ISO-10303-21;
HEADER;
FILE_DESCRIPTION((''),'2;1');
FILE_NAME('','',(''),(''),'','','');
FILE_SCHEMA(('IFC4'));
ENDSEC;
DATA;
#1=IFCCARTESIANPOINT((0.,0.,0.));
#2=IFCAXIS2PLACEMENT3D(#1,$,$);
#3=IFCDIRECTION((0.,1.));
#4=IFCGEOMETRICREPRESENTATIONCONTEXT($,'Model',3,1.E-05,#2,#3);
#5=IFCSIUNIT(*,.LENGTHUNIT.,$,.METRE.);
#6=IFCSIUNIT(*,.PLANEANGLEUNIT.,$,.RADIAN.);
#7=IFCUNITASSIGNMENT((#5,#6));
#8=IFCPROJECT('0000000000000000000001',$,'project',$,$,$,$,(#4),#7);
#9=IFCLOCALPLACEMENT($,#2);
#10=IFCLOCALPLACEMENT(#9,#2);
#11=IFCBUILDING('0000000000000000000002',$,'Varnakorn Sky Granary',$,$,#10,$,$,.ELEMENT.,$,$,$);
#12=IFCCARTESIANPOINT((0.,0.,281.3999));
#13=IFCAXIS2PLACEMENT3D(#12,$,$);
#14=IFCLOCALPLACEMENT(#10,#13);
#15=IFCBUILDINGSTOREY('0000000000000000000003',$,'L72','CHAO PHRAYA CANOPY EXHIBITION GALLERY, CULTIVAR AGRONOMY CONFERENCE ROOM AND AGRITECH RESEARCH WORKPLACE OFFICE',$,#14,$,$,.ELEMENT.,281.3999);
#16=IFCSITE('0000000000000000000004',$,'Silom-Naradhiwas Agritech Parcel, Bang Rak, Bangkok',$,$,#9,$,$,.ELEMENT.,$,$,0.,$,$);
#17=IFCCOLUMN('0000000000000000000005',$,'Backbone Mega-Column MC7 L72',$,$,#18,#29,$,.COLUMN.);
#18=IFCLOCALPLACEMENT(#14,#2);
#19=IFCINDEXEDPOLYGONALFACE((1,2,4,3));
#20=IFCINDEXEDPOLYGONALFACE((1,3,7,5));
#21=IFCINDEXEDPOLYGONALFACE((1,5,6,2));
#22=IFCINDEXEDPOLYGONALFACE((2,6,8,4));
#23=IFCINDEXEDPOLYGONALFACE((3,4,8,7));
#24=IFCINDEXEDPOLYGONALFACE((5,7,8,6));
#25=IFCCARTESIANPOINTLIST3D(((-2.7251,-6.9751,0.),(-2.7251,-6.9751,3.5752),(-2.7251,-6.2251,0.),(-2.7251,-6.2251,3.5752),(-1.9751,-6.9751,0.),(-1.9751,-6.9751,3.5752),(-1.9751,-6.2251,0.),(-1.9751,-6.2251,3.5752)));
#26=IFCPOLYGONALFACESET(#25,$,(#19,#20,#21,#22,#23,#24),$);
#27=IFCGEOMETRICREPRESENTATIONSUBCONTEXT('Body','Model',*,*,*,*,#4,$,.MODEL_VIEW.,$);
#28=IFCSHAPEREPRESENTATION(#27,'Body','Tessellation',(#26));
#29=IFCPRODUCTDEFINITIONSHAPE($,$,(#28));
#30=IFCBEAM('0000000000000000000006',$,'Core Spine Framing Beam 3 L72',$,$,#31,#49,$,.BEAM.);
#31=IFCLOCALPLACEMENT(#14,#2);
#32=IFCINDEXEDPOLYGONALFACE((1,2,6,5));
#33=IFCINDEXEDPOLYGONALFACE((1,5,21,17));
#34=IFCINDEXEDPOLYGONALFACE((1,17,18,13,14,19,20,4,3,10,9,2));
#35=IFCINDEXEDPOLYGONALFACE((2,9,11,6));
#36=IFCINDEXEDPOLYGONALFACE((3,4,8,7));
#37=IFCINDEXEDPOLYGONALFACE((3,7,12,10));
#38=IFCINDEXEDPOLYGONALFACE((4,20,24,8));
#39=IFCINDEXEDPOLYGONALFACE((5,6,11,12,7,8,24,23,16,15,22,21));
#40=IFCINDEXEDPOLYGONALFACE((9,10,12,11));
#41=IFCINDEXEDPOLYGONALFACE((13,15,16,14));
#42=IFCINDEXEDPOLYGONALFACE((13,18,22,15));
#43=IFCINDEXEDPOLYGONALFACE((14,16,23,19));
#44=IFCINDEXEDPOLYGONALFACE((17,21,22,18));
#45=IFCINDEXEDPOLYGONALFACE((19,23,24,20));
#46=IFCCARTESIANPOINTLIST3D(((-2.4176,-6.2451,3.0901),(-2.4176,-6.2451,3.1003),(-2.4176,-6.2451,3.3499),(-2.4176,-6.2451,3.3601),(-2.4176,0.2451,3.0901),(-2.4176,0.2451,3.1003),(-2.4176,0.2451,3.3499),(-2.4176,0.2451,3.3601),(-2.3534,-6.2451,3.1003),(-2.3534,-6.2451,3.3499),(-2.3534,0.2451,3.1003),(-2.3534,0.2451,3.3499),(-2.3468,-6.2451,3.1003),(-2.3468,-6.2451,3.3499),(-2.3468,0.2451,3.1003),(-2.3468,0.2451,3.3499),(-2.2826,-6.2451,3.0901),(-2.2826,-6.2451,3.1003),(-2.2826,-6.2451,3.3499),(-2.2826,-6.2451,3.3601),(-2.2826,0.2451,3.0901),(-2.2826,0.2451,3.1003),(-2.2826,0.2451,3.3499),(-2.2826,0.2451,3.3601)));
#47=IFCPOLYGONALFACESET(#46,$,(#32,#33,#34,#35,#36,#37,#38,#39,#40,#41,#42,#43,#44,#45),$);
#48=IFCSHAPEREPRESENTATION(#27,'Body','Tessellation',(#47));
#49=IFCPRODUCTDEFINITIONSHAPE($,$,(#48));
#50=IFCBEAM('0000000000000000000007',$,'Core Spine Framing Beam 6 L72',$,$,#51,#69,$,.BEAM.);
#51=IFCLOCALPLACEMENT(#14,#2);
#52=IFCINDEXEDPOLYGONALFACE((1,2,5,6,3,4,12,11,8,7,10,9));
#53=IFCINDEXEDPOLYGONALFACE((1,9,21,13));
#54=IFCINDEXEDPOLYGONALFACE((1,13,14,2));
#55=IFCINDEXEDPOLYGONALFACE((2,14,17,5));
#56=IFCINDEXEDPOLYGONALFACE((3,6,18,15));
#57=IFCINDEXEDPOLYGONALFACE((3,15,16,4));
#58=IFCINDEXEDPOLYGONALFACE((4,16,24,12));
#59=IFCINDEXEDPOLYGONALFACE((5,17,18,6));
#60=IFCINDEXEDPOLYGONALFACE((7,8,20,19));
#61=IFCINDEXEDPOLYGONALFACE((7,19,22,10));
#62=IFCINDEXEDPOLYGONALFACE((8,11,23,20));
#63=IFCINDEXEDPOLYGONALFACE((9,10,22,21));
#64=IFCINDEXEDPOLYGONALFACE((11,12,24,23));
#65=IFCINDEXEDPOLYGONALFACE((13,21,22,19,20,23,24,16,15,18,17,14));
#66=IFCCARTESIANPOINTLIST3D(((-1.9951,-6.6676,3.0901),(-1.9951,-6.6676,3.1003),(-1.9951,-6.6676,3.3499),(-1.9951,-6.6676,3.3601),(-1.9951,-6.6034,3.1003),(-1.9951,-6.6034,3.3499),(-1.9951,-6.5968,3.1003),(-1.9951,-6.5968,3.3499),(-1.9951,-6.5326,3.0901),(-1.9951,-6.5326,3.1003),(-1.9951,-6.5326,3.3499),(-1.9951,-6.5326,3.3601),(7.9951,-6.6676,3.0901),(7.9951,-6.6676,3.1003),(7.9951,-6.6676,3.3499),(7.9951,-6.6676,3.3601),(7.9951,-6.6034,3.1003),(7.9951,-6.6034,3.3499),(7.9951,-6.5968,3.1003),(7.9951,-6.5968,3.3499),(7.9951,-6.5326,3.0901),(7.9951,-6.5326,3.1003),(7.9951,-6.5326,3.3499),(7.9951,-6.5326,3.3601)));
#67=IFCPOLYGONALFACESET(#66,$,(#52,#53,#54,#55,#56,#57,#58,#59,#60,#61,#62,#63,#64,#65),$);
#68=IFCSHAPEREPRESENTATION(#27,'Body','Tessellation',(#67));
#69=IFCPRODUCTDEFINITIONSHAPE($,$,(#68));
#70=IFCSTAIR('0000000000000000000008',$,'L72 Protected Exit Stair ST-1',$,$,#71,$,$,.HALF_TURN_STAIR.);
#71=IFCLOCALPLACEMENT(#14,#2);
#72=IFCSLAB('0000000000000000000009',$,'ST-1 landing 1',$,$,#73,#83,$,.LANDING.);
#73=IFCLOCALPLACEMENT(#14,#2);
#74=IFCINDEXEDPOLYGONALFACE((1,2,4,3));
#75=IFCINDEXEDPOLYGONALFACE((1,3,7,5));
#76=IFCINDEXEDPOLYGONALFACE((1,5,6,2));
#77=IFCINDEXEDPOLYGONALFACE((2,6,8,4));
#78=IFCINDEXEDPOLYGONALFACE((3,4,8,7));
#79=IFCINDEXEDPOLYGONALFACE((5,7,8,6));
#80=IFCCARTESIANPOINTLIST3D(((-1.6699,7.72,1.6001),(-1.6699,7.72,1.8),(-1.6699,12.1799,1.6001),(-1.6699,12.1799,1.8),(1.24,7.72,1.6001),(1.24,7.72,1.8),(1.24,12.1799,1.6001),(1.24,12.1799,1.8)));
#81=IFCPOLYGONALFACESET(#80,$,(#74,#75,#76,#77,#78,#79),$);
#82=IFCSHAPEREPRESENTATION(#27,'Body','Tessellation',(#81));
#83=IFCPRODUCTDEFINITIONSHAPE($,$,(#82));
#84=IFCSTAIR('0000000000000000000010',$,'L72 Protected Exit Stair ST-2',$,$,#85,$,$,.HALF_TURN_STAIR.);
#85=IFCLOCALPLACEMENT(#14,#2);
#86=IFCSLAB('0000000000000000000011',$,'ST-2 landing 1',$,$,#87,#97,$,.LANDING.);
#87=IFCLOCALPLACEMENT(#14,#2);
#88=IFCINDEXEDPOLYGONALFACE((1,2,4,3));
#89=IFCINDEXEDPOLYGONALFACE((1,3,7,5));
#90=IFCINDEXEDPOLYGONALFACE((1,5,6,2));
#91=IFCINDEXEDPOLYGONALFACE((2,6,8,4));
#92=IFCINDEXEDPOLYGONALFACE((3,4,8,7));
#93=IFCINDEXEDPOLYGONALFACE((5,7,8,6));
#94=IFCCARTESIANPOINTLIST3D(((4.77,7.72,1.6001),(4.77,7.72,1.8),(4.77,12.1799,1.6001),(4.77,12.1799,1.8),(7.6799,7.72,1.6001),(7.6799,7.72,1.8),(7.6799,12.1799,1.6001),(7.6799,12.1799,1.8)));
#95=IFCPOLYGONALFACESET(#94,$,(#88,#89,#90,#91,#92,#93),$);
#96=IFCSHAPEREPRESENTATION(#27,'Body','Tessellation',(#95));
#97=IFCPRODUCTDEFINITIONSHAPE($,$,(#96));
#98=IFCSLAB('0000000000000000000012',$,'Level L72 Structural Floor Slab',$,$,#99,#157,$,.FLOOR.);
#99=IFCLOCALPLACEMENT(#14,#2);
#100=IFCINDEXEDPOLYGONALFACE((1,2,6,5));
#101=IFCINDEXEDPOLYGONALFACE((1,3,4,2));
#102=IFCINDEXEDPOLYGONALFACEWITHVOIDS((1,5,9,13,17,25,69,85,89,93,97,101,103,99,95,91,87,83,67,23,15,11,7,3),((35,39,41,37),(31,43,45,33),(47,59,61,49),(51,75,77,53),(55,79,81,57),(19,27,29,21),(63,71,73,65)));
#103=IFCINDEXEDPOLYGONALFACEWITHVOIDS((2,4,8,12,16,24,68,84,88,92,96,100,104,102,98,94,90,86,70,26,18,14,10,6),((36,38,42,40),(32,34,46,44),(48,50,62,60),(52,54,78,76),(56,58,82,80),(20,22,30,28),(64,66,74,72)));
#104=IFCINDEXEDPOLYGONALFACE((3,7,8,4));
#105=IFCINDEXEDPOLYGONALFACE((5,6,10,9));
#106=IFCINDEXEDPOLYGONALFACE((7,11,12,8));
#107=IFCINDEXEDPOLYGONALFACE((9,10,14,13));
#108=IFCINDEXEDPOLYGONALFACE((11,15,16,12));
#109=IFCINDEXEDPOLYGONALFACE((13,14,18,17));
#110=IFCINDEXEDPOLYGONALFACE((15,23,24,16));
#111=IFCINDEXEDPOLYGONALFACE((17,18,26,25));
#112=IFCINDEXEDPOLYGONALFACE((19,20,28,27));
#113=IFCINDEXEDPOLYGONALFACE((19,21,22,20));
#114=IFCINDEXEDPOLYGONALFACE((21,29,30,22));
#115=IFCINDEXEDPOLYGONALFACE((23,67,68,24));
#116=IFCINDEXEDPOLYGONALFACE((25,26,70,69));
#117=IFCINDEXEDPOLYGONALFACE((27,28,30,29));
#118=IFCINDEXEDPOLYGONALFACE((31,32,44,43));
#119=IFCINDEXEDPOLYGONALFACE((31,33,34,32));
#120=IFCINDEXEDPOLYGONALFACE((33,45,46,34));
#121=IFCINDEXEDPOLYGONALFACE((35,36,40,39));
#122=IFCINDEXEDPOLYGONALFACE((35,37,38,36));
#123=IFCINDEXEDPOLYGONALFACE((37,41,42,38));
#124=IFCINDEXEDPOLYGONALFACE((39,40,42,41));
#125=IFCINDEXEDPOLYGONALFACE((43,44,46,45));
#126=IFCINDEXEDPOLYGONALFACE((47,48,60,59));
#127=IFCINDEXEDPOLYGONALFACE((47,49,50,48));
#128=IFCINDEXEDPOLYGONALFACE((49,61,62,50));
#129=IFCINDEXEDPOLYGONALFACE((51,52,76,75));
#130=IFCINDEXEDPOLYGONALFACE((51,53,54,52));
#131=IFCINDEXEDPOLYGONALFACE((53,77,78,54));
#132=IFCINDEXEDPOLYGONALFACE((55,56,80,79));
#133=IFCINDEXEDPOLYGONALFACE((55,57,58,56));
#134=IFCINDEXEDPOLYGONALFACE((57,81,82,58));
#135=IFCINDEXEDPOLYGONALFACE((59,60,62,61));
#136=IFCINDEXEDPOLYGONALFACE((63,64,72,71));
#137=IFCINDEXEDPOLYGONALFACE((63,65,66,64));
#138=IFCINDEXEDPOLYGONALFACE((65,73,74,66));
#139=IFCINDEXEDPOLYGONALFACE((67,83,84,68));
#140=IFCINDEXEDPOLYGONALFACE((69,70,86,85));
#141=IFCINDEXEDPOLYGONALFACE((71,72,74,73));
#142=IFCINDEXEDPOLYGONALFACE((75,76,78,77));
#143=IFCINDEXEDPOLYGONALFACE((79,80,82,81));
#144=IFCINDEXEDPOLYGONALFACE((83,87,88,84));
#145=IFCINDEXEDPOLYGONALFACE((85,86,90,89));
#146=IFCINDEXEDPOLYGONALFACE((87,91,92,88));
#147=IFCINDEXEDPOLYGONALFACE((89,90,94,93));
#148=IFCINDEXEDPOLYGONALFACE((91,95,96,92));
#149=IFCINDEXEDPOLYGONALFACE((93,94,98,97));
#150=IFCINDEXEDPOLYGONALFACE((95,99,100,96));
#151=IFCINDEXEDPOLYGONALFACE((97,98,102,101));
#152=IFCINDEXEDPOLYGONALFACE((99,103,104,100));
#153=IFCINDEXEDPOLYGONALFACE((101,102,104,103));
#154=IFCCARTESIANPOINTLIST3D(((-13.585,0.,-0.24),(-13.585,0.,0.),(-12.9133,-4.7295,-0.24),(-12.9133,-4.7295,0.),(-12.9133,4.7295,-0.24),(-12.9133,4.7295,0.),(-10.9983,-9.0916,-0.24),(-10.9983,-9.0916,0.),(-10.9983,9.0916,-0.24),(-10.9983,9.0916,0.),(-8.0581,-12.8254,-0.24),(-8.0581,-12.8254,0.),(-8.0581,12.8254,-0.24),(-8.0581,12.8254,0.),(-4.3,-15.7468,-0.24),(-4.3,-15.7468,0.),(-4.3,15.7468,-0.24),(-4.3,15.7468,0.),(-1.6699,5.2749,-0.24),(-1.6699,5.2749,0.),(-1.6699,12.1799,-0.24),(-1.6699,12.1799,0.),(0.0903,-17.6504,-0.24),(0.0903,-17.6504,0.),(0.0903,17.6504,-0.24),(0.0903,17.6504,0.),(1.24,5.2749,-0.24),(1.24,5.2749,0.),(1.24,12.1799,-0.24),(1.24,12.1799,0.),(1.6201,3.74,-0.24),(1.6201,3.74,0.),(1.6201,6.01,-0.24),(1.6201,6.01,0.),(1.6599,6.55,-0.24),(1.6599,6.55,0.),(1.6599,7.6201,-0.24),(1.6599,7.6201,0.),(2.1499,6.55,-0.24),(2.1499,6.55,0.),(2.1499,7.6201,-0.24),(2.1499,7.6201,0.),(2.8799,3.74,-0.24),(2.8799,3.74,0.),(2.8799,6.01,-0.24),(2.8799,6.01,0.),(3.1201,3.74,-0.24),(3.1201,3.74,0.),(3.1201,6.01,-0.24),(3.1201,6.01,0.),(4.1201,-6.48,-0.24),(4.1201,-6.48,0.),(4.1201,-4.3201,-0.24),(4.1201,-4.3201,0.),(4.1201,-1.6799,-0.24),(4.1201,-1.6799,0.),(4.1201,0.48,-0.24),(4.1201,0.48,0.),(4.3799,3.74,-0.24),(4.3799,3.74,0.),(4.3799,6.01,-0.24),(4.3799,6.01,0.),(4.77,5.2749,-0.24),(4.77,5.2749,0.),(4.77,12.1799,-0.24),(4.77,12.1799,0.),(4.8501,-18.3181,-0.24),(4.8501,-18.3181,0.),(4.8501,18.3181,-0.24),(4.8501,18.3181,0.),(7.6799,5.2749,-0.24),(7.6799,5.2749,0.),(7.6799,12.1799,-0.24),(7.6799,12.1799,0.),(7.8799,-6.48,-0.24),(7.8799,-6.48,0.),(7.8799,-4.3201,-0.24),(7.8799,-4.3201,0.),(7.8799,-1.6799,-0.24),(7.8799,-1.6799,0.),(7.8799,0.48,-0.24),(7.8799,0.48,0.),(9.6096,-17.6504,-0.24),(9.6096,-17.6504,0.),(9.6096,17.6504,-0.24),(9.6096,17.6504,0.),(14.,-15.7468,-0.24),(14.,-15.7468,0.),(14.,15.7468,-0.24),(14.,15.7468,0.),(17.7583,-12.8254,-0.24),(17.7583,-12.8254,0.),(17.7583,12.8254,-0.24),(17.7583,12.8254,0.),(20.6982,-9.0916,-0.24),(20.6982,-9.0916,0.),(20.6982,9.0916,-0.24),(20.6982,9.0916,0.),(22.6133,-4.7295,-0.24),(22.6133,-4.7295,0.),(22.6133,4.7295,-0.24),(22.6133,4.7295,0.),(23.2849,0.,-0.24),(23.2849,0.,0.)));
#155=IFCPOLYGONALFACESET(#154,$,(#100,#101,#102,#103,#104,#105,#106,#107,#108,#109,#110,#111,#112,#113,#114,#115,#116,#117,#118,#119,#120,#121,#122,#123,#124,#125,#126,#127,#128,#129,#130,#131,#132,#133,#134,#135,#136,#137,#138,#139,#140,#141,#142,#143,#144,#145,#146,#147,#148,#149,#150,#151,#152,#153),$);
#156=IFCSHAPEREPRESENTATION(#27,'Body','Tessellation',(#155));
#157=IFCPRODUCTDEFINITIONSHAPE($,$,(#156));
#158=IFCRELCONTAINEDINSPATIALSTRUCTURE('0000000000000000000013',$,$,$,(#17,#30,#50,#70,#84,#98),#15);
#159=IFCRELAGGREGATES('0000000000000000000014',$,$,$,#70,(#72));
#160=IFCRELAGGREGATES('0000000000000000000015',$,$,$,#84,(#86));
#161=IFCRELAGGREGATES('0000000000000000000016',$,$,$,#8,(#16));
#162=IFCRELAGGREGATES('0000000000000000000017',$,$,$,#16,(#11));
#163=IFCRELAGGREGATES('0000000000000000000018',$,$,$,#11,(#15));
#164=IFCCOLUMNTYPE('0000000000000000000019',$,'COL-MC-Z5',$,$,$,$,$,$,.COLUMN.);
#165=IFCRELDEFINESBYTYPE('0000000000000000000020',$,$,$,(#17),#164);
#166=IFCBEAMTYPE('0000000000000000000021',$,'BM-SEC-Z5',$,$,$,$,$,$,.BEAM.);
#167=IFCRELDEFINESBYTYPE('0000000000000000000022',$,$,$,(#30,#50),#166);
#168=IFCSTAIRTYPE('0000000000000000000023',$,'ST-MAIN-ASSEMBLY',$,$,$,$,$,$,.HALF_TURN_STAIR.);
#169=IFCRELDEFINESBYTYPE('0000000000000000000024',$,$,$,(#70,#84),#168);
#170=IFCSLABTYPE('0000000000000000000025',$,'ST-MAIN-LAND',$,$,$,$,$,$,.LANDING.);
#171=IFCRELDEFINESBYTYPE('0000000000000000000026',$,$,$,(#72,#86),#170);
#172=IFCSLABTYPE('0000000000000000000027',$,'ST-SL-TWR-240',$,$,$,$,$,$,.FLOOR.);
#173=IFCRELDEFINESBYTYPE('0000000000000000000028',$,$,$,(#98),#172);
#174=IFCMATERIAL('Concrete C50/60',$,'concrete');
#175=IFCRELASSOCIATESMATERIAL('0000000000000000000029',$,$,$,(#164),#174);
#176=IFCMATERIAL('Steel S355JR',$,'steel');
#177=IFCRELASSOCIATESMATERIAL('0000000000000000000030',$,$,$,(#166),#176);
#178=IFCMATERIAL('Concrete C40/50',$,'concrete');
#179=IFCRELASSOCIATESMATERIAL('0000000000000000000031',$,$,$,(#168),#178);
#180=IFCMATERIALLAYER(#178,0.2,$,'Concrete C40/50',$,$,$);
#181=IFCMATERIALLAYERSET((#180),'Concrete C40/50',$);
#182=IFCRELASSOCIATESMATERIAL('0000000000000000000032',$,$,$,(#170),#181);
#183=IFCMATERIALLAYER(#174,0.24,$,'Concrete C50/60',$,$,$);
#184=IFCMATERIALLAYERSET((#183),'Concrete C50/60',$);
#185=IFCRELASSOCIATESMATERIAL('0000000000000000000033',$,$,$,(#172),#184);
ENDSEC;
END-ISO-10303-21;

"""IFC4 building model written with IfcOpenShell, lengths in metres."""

from ifc_helpers import new_model, si_unit, direction, frame, origin, origin_2d, place, context, subcontext, project, spatial, polyline, rectangle, i_section, outline, extrude, material, layer, layer_set, material_profile, profile_set, type_object, element, aggregate, save


model = new_model("IFC4")

# Units and contexts
model_context = context("Model", 3, precision=1e-05, world=origin(), true_north=direction((0.0, 1.0)))
body_context = subcontext(model_context, "Body", "Model", "MODEL_VIEW")
ifc_project = project(units=[si_unit("LENGTHUNIT", "METRE"), si_unit("PLANEANGLEUNIT", "RADIAN")], contexts=[model_context])

# Site, building, storey
site_placement = place(None, origin())
site = spatial("IfcSite", under=ifc_project, at=site_placement, Name="Silom-Naradhiwas Agritech Parcel, Bang Rak, Bangkok", CompositionType="ELEMENT", RefElevation=0.0)
building_placement = place(site_placement, origin())
building = spatial("IfcBuilding", under=site, at=building_placement, Name="Varnakorn Sky Granary", CompositionType="ELEMENT")
storey_placement = place(building_placement, frame((0.0, 0.0, 281.3999)))
storey = spatial("IfcBuildingStorey", under=building, at=storey_placement, Name="L72", Description="CHAO PHRAYA CANOPY EXHIBITION GALLERY, CULTIVAR AGRONOMY CONFERENCE ROOM AND AGRITECH RESEARCH WORKPLACE OFFICE", CompositionType="ELEMENT", Elevation=281.3999)

# Column
ifc_material_1 = material(Name="Concrete C50/60", Category="concrete")
ifc_material_profile_1 = material_profile(ifc_material_1, rectangle(XDim=0.75, YDim=0.75, at=origin_2d()), Name="RC 750x750")
ifc_profile_set_1 = profile_set([ifc_material_profile_1], Name="Concrete C50/60")
column_type = type_object("IfcColumnType", Name="COL-MC-Z5", PredefinedType="COLUMN", material=ifc_profile_set_1)
column_placement = place(storey_placement, frame((-2.3501, -6.6001, 0.0), z_axis=(0.0, 0.0, 1.0), x_axis=(1.0, 0.0, 0.0)))
element("IfcColumn", 1, at=column_placement, inside=storey, type_object=column_type, Name="Backbone Mega-Column MC7 L72", PredefinedType="COLUMN", context=body_context, shape_type="SweptSolid", body=[
    extrude(rectangle(XDim=0.75, YDim=0.75, at=origin_2d()), origin(), (0.0, 0.0, 1.0), 3.5752),
])

# Beams
ifc_material_2 = material(Name="Steel S355JR", Category="steel")
ifc_material_profile_2 = material_profile(ifc_material_2, i_section(OverallWidth=0.135, OverallDepth=0.27, WebThickness=0.0066, FlangeThickness=0.0103, at=origin_2d()), Name="IPE 270")
ifc_profile_set_2 = profile_set([ifc_material_profile_2], Name="Steel S355JR")
beam_type = type_object("IfcBeamType", Name="BM-SEC-Z5", PredefinedType="BEAM", material=ifc_profile_set_2)
beam_1_placement = place(storey_placement, frame((-2.3501, 0.2451, 3.2251), z_axis=(0.0, -1.0, 0.0), x_axis=(1.0, 0.0, 0.0)))
element("IfcBeam", 2, at=beam_1_placement, inside=storey, type_object=beam_type, Name="Core Spine Framing Beam 3 L72", PredefinedType="BEAM", context=body_context, shape_type="SweptSolid", body=[
    extrude(i_section(OverallWidth=0.135, OverallDepth=0.27, WebThickness=0.0066, FlangeThickness=0.0103, at=origin_2d()), origin(), (0.0, 0.0, 1.0), 6.4902),
])
beam_2_placement = place(storey_placement, frame((-1.9951, -6.6001, 3.2251), z_axis=(1.0, 0.0, 0.0), x_axis=(0.0, 1.0, 0.0)))
element("IfcBeam", 3, at=beam_2_placement, inside=storey, type_object=beam_type, Name="Core Spine Framing Beam 6 L72", PredefinedType="BEAM", context=body_context, shape_type="SweptSolid", body=[
    extrude(i_section(OverallWidth=0.135, OverallDepth=0.27, WebThickness=0.0066, FlangeThickness=0.0103, at=origin_2d()), origin(), (0.0, 0.0, 1.0), 9.9902),
])

# Stairs, slabs
ifc_material_3 = material(Name="Concrete C40/50", Category="concrete")
stair_type = type_object("IfcStairType", Name="ST-MAIN-ASSEMBLY", PredefinedType="HALF_TURN_STAIR", material=ifc_material_3)
stair_1_placement = place(storey_placement, origin())
stair_1 = element("IfcStair", 4, at=stair_1_placement, inside=storey, type_object=stair_type, Name="L72 Protected Exit Stair ST-1", PredefinedType="HALF_TURN_STAIR")
ifc_layer_1 = layer(ifc_material_3, 0.2, Name="Concrete C40/50")
ifc_layer_set_1 = layer_set([ifc_layer_1], Name="Concrete C40/50")
slab_type_1 = type_object("IfcSlabType", Name="ST-MAIN-LAND", PredefinedType="LANDING", material=ifc_layer_set_1)
slab_1_placement = place(storey_placement, frame((0.0, 0.0, 1.6001)))
slab_1 = element("IfcSlab", 5, at=slab_1_placement, type_object=slab_type_1, Name="ST-1 landing 1", PredefinedType="LANDING", context=body_context, shape_type="SweptSolid", body=[
    extrude(outline(polyline([(1.24, 7.72), (1.24, 12.1799), (-1.6699, 12.1799), (-1.6699, 7.72), (1.24, 7.72)])), origin(), (0.0, 0.0, 1.0), 0.2),
])
aggregate(stair_1, [slab_1])
stair_2_placement = place(storey_placement, origin())
stair_2 = element("IfcStair", 6, at=stair_2_placement, inside=storey, type_object=stair_type, Name="L72 Protected Exit Stair ST-2", PredefinedType="HALF_TURN_STAIR")
slab_2_placement = place(storey_placement, frame((0.0, 0.0, 1.6001)))
slab_2 = element("IfcSlab", 7, at=slab_2_placement, type_object=slab_type_1, Name="ST-2 landing 1", PredefinedType="LANDING", context=body_context, shape_type="SweptSolid", body=[
    extrude(outline(polyline([(7.6799, 7.72), (7.6799, 12.1799), (4.77, 12.1799), (4.77, 7.72), (7.6799, 7.72)])), origin(), (0.0, 0.0, 1.0), 0.2),
])
aggregate(stair_2, [slab_2])

# Slab
ifc_layer_2 = layer(ifc_material_1, 0.24, Name="Concrete C50/60")
ifc_layer_set_2 = layer_set([ifc_layer_2], Name="Concrete C50/60")
slab_type_2 = type_object("IfcSlabType", Name="ST-SL-TWR-240", PredefinedType="FLOOR", material=ifc_layer_set_2)
slab_3_placement = place(storey_placement, frame((0.0, 0.0, -0.24)))
element("IfcSlab", 8, at=slab_3_placement, inside=storey, type_object=slab_type_2, Name="Level L72 Structural Floor Slab", PredefinedType="FLOOR", context=body_context, shape_type="SweptSolid", body=[
    extrude(outline(polyline([(23.2849, 0.0), (22.6133, 4.7295), (20.6982, 9.0916), (17.7583, 12.8254), (14.0, 15.7468), (9.6096, 17.6504), (4.8501, 18.3181), (0.0903, 17.6504), (-4.3, 15.7468), (-8.0581, 12.8254), (-10.9983, 9.0916), (-12.9133, 4.7295), (-13.585, 0.0), (-12.9133, -4.7295), (-10.9983, -9.0916), (-8.0581, -12.8254), (-4.3, -15.7468), (0.0903, -17.6504), (4.8501, -18.3181), (9.6096, -17.6504), (14.0, -15.7468), (17.7583, -12.8254), (20.6982, -9.0916), (22.6133, -4.7295), (23.2849, 0.0)]), holes=[polyline([(1.24, 5.2749), (1.24, 12.1799), (-1.6699, 12.1799), (-1.6699, 5.2749), (1.24, 5.2749)]), polyline([(7.6799, 5.2749), (7.6799, 12.1799), (4.77, 12.1799), (4.77, 5.2749), (7.6799, 5.2749)]), polyline([(1.6599, 6.55), (2.1499, 6.55), (2.1499, 7.6201), (1.6599, 7.6201), (1.6599, 6.55)]), polyline([(1.6201, 3.74), (2.8799, 3.74), (2.8799, 6.01), (1.6201, 6.01), (1.6201, 3.74)]), polyline([(3.1201, 3.74), (4.3799, 3.74), (4.3799, 6.01), (3.1201, 6.01), (3.1201, 3.74)]), polyline([(4.1201, -1.6799), (7.8799, -1.6799), (7.8799, 0.48), (4.1201, 0.48), (4.1201, -1.6799)]), polyline([(4.1201, -6.48), (7.8799, -6.48), (7.8799, -4.3201), (4.1201, -4.3201), (4.1201, -6.48)])]), origin(), (0.0, 0.0, 1.0), 0.24),
])

save(model, "model.ifc")
